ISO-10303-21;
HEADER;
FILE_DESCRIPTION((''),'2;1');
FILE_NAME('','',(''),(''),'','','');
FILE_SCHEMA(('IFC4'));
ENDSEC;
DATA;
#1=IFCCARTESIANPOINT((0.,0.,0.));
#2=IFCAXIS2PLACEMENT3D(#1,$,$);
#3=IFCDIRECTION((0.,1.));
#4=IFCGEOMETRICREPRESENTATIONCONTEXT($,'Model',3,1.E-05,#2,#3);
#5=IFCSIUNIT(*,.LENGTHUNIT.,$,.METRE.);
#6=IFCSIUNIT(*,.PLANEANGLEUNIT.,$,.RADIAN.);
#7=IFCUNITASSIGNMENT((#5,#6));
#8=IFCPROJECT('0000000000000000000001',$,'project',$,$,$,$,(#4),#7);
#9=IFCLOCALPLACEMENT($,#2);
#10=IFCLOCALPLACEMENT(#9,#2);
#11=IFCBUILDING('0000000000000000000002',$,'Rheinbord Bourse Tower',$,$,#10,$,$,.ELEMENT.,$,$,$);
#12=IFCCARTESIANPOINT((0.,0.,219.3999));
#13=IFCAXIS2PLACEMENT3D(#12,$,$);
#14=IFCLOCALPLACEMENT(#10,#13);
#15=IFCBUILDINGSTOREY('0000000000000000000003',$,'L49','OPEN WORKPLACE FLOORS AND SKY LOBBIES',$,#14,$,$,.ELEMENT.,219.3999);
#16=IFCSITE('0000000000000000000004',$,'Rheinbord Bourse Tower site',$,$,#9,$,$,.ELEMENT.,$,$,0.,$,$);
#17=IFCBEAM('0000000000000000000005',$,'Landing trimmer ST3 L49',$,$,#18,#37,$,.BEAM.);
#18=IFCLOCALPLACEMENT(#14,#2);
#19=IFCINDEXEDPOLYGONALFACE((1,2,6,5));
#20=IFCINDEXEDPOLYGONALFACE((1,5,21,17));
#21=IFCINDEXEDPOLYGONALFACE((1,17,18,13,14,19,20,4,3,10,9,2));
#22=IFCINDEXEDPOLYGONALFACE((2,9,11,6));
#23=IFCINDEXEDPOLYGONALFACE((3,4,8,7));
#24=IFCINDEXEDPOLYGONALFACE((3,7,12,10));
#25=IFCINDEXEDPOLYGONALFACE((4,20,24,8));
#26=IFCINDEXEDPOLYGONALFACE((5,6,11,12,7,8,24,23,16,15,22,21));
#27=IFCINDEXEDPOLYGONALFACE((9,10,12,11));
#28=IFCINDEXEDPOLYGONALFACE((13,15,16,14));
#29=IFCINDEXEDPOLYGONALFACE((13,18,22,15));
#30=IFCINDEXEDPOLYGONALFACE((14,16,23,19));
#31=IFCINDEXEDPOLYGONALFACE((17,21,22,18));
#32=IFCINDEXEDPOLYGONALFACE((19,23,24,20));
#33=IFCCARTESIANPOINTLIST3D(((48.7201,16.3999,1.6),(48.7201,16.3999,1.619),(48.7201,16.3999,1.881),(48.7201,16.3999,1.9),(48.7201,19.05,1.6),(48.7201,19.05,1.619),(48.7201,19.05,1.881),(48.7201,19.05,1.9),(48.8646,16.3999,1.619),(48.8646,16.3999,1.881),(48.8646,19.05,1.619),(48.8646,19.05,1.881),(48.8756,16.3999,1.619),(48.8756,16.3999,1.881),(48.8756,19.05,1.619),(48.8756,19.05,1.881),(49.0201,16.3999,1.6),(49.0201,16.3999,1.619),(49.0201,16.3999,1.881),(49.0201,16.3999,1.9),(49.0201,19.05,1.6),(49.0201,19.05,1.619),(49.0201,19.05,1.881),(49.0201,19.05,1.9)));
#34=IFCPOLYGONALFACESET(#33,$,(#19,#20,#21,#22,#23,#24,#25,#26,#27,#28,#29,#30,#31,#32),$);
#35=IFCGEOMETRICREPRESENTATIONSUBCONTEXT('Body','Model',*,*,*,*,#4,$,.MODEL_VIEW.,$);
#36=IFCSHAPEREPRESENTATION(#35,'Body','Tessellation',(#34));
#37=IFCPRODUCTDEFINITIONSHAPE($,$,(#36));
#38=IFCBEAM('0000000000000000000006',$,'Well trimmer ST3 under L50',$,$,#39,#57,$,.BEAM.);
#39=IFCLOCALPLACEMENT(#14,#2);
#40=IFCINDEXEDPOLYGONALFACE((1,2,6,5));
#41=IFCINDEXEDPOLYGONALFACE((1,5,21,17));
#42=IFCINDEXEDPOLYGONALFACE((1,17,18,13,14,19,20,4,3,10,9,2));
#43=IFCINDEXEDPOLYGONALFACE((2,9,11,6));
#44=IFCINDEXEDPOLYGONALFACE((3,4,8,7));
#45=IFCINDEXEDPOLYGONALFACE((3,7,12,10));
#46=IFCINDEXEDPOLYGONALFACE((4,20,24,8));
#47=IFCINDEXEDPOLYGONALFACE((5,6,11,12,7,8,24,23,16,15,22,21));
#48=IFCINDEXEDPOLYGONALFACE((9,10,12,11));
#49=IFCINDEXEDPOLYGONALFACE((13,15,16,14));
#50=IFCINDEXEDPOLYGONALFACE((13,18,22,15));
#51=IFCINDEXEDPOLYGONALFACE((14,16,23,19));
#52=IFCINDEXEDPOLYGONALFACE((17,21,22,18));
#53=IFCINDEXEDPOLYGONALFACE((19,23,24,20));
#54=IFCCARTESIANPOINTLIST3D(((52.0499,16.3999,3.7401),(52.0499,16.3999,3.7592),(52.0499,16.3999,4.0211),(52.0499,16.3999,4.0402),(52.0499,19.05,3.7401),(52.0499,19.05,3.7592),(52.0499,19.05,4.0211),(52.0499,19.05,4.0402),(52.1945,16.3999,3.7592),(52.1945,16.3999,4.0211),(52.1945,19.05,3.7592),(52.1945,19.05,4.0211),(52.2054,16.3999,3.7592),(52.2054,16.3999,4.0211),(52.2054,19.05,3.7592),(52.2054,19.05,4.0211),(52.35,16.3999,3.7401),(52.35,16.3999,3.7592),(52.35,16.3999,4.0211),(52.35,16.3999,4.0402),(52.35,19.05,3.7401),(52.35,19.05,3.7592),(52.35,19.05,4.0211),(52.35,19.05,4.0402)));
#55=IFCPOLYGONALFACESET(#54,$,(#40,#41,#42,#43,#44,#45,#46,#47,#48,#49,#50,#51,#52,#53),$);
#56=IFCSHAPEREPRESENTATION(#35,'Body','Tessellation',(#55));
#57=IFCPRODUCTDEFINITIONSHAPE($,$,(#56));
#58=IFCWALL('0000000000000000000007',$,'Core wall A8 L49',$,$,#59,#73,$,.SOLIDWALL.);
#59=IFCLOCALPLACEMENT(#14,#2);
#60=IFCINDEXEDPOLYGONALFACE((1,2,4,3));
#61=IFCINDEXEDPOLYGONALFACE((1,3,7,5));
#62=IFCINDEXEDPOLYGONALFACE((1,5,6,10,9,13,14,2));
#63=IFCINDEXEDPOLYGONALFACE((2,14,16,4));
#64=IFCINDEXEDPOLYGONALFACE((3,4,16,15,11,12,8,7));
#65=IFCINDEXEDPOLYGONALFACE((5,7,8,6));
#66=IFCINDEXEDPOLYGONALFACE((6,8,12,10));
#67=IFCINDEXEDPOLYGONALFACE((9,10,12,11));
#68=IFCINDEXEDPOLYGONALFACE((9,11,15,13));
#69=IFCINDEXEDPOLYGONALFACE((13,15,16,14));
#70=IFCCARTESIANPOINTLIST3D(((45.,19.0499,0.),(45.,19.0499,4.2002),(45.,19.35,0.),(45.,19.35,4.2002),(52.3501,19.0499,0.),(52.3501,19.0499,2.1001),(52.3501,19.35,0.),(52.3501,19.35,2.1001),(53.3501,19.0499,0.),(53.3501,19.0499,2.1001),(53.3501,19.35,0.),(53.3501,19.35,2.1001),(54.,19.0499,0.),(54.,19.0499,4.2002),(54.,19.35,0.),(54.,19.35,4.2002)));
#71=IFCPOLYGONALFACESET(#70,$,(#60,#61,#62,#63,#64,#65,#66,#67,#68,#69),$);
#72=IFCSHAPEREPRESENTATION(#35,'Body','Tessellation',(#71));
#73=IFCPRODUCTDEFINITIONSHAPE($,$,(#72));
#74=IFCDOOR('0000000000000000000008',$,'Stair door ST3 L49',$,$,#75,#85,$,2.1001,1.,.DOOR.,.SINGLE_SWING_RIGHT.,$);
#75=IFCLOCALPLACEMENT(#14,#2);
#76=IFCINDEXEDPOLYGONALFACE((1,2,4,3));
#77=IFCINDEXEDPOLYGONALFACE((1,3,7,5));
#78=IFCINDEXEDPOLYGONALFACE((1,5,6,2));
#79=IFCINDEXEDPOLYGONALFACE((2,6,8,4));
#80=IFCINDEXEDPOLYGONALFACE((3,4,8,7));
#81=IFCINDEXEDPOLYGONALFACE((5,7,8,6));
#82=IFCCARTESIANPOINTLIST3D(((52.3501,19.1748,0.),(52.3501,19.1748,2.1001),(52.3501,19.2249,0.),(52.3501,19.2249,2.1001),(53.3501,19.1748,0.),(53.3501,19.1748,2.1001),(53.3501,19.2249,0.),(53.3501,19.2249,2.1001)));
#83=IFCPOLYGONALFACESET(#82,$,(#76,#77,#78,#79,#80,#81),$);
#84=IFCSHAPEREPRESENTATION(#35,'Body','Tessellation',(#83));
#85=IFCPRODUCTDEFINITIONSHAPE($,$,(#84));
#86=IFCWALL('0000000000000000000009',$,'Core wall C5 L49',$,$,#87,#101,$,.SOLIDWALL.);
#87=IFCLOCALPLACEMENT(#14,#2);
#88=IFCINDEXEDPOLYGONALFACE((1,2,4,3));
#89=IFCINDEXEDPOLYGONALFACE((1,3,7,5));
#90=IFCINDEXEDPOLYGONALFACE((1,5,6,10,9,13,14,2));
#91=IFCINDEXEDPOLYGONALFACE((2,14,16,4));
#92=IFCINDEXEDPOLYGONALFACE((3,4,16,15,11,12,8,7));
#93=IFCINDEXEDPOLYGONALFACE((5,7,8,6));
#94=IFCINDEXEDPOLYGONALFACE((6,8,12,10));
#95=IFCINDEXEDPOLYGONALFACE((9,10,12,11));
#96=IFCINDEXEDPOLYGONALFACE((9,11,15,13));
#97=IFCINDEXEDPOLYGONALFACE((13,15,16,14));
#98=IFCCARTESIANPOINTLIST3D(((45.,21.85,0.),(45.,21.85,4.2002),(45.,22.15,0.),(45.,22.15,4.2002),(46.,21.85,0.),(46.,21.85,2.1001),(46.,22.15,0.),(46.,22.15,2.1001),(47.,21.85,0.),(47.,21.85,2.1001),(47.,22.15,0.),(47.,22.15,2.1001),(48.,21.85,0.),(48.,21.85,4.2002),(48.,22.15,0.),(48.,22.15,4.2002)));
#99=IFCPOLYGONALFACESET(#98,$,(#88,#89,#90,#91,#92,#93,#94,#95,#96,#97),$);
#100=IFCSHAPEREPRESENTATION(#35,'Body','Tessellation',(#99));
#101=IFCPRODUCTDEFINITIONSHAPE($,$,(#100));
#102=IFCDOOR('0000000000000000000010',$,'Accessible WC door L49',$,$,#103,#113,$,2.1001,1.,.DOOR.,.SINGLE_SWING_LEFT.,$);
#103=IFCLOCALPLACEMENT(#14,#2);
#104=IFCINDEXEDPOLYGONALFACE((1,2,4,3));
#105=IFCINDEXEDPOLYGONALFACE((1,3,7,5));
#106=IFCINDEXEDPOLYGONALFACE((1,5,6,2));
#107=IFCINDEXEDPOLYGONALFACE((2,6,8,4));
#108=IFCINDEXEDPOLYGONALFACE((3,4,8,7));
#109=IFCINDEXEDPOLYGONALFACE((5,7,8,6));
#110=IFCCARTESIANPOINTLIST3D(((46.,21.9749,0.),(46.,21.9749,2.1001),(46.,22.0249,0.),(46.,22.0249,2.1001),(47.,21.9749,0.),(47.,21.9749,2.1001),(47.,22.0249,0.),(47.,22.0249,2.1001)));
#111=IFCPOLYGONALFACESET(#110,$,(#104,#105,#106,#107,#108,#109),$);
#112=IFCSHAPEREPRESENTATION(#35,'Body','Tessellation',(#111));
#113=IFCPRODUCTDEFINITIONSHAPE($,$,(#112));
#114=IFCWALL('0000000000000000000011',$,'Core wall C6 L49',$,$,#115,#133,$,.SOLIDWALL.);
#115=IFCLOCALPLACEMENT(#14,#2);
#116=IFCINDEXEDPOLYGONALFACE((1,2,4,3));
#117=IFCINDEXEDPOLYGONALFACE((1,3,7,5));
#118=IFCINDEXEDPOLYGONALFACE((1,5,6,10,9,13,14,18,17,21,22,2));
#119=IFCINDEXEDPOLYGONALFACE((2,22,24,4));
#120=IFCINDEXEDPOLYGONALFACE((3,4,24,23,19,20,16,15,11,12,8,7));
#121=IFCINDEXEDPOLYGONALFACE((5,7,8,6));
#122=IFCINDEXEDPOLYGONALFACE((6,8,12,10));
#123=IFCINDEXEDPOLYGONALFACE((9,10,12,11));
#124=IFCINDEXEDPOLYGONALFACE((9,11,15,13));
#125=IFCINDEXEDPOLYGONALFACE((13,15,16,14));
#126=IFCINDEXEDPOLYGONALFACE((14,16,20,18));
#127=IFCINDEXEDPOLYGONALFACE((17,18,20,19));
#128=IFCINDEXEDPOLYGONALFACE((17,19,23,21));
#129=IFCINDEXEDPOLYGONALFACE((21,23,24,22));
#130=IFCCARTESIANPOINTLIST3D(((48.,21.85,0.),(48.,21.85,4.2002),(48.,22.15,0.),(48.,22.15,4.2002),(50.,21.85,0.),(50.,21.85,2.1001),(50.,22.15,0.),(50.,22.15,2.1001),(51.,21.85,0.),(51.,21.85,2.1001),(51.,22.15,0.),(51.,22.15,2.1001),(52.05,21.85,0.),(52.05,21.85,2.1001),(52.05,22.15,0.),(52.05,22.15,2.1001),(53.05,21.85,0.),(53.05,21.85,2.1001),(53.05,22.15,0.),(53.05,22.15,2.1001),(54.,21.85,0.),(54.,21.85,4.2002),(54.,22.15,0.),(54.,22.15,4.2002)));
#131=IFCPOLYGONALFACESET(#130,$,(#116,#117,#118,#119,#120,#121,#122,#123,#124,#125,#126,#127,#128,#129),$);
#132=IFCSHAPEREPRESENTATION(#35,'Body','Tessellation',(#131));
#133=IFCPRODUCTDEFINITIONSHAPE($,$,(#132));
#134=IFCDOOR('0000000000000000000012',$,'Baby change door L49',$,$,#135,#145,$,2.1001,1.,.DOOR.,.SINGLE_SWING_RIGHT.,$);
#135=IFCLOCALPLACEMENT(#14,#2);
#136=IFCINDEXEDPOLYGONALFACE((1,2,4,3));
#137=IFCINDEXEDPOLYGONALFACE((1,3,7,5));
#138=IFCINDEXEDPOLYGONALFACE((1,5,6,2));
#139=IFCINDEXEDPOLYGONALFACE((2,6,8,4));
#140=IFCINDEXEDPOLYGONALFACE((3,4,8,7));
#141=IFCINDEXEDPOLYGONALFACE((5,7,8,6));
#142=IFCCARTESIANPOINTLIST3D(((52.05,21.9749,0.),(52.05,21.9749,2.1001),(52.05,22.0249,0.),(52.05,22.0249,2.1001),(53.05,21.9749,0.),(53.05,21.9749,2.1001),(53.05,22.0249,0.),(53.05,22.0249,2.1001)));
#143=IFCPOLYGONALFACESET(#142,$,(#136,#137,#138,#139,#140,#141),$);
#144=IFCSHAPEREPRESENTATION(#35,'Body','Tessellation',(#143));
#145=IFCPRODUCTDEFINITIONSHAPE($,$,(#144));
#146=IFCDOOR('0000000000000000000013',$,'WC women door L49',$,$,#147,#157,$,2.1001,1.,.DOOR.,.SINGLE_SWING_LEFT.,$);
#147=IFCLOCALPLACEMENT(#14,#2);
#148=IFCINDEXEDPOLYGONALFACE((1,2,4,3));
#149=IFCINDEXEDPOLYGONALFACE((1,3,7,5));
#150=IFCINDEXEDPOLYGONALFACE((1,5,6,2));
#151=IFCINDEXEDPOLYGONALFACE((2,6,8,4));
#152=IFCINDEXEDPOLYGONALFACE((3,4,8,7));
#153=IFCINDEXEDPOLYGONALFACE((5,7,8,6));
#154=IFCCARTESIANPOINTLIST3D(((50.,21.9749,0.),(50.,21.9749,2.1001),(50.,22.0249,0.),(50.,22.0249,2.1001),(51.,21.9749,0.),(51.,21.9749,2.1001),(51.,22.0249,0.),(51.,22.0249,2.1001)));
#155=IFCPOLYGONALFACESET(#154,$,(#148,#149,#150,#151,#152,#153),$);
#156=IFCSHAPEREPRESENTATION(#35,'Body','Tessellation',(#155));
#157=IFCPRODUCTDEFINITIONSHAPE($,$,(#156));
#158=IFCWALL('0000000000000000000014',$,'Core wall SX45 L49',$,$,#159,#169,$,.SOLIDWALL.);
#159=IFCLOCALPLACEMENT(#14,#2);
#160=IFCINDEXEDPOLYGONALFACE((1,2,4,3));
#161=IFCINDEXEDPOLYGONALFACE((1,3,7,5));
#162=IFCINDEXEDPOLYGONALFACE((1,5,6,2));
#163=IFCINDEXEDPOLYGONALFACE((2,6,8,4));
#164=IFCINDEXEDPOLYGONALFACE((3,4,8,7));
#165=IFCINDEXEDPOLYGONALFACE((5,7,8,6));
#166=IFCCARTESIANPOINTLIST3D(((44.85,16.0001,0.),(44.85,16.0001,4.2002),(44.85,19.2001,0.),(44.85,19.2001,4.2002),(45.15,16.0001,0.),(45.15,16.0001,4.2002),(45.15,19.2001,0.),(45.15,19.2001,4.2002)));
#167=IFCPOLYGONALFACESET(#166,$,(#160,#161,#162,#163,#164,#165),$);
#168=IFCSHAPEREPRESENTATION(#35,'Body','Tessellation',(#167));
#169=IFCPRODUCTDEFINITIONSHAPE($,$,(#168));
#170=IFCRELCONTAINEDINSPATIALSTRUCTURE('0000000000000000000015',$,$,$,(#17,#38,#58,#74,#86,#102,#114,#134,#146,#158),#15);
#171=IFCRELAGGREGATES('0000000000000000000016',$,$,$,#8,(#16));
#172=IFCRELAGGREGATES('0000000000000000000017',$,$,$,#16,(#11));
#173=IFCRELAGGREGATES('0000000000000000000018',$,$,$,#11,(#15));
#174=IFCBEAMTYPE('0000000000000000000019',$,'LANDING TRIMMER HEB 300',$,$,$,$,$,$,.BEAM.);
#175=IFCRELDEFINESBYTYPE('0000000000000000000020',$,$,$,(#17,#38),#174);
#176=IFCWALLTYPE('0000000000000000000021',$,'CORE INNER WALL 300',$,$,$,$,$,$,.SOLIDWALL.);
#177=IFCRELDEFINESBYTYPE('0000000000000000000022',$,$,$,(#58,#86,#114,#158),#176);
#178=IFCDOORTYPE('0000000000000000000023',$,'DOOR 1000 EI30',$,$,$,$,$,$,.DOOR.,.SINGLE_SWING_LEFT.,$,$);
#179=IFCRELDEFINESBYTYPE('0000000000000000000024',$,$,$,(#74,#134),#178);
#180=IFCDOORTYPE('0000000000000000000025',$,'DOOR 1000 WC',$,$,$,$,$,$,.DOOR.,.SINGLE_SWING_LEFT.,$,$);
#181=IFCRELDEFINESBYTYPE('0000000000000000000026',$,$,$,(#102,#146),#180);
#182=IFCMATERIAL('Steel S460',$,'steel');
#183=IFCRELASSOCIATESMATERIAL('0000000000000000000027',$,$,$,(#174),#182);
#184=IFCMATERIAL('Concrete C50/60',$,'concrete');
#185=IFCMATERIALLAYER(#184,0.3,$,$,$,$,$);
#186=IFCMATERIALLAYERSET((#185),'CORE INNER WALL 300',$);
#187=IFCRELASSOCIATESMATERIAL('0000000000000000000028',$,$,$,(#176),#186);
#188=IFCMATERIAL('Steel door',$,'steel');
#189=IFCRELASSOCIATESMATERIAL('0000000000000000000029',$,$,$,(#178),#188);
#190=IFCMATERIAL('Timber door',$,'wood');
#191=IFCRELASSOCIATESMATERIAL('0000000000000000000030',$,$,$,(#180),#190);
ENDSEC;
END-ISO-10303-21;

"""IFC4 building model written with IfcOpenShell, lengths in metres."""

from ifc_helpers import new_model, si_unit, direction, frame, frame_2d, origin, origin_2d, place, context, subcontext, project, spatial, rectangle, i_section, extrude, material, layer, layer_set, material_profile, profile_set, type_object, element, fill, save


model = new_model("IFC4")

# Units and contexts
model_context = context("Model", 3, precision=1e-05, world=origin(), true_north=direction((0.0, 1.0)))
body_context = subcontext(model_context, "Body", "Model", "MODEL_VIEW")
ifc_project = project(units=[si_unit("LENGTHUNIT", "METRE"), si_unit("PLANEANGLEUNIT", "RADIAN")], contexts=[model_context])

# Site, building, storey
site_placement = place(None, origin())
site = spatial("IfcSite", under=ifc_project, at=site_placement, Name="Rheinbord Bourse Tower site", CompositionType="ELEMENT", RefElevation=0.0)
building_placement = place(site_placement, origin())
building = spatial("IfcBuilding", under=site, at=building_placement, Name="Rheinbord Bourse Tower", CompositionType="ELEMENT")
storey_placement = place(building_placement, frame((0.0, 0.0, 219.3999)))
storey = spatial("IfcBuildingStorey", under=building, at=storey_placement, Name="L49", Description="OPEN WORKPLACE FLOORS AND SKY LOBBIES", CompositionType="ELEMENT", Elevation=219.3999)

# Beams
ifc_material_1 = material(Name="Steel S460", Category="steel")
ifc_material_profile = material_profile(ifc_material_1, i_section(OverallWidth=0.3, OverallDepth=0.3, WebThickness=0.011, FlangeThickness=0.019, at=origin_2d()), Name="HEB 300")
ifc_profile_set = profile_set([ifc_material_profile], Name="Steel S460")
beam_type = type_object("IfcBeamType", Name="LANDING TRIMMER HEB 300", PredefinedType="BEAM", material=ifc_profile_set)
for number, where, z_axis, x_axis, name in (
    (1, (48.8701, 16.3999, 1.75), (0.0, 1.0, 0.0), (-1.0, 0.0, 0.0), "Landing trimmer ST3 L49"),
    (2, (52.2, 16.3999, 3.8901), (0.0, 1.0, 0.0), (-1.0, 0.0, 0.0), "Well trimmer ST3 under L50"),
):
    element("IfcBeam", number, at=place(storey_placement, frame(where, z_axis=z_axis, x_axis=x_axis)), inside=storey, type_object=beam_type, Name=name, PredefinedType="BEAM", context=body_context, shape_type="SweptSolid", body=[
        extrude(i_section(OverallWidth=0.3, OverallDepth=0.3, WebThickness=0.011, FlangeThickness=0.019, at=origin_2d()), origin(), (0.0, 0.0, 1.0), 2.6501),
    ])

# Walls, openings, doors
ifc_material_2 = material(Name="Concrete C50/60", Category="concrete")
ifc_layer_1 = layer(ifc_material_2, 0.3)
ifc_layer_set_1 = layer_set([ifc_layer_1], Name="CORE INNER WALL 300")
wall_type_1 = type_object("IfcWallType", Name="CORE INNER WALL 300", PredefinedType="SOLIDWALL", material=ifc_layer_set_1)
wall_1_placement = place(storey_placement, frame((45.0, 19.2, 0.0), z_axis=(0.0, 0.0, 1.0), x_axis=(1.0, 0.0, 0.0)))
wall_1 = element("IfcWall", 3, at=wall_1_placement, inside=storey, type_object=wall_type_1, Name="Core wall A8 L49", PredefinedType="SOLIDWALL", context=body_context, shape_type="SweptSolid", body=[
    extrude(rectangle(XDim=9.0, YDim=0.3, at=frame_2d((4.5, 0.0))), origin(), (0.0, 0.0, 1.0), 4.2002),
])
opening_1_placement = place(wall_1_placement, frame((7.3501, 0.0, 0.0)))
opening_1 = element("IfcOpeningElement", 4, at=opening_1_placement, cuts=wall_1, PredefinedType="OPENING", context=body_context, shape_type="SweptSolid", body=[
    extrude(rectangle(XDim=1.0, YDim=2.1001, at=frame_2d((0.5, 1.05))), frame((0.0, 0.1599, 0.0), z_axis=(0.0, -1.0, 0.0), x_axis=(1.0, 0.0, 0.0)), (0.0, 0.0, 1.0), 0.3201),
])
ifc_material_3 = material(Name="Steel door", Category="steel")
door_type_1 = type_object("IfcDoorType", Name="DOOR 1000 EI30", OperationType="SINGLE_SWING_LEFT", PredefinedType="DOOR", material=ifc_material_3)
door_1_placement = place(opening_1_placement, origin())
door_1 = element("IfcDoor", 5, at=door_1_placement, inside=storey, type_object=door_type_1, Name="Stair door ST3 L49", OperationType="SINGLE_SWING_RIGHT", OverallHeight=2.1001, OverallWidth=1.0, PredefinedType="DOOR", context=body_context, shape_type="SweptSolid", body=[
    extrude(rectangle(XDim=1.0, YDim=2.1001, at=frame_2d((0.5, 1.05))), frame((0.0, 0.0249, 0.0), z_axis=(0.0, -1.0, 0.0), x_axis=(1.0, 0.0, 0.0)), (0.0, 0.0, 1.0), 0.05),
])
fill(opening_1, door_1)
wall_2_placement = place(storey_placement, frame((45.0, 22.0, 0.0), z_axis=(0.0, 0.0, 1.0), x_axis=(1.0, 0.0, 0.0)))
wall_2 = element("IfcWall", 6, at=wall_2_placement, inside=storey, type_object=wall_type_1, Name="Core wall C5 L49", PredefinedType="SOLIDWALL", context=body_context, shape_type="SweptSolid", body=[
    extrude(rectangle(XDim=3.0, YDim=0.3, at=frame_2d((1.5, 0.0))), origin(), (0.0, 0.0, 1.0), 4.2002),
])
opening_2_placement = place(wall_2_placement, frame((1.0, 0.0, 0.0)))
opening_2 = element("IfcOpeningElement", 7, at=opening_2_placement, cuts=wall_2, PredefinedType="OPENING", context=body_context, shape_type="SweptSolid", body=[
    extrude(rectangle(XDim=1.0, YDim=2.1001, at=frame_2d((0.5, 1.05))), frame((0.0, 0.1599, 0.0), z_axis=(0.0, -1.0, 0.0), x_axis=(1.0, 0.0, 0.0)), (0.0, 0.0, 1.0), 0.3201),
])
ifc_material_4 = material(Name="Timber door", Category="wood")
door_type_2 = type_object("IfcDoorType", Name="DOOR 1000 WC", OperationType="SINGLE_SWING_LEFT", PredefinedType="DOOR", material=ifc_material_4)
door_2_placement = place(opening_2_placement, origin())
door_2 = element("IfcDoor", 8, at=door_2_placement, inside=storey, type_object=door_type_2, Name="Accessible WC door L49", OperationType="SINGLE_SWING_LEFT", OverallHeight=2.1001, OverallWidth=1.0, PredefinedType="DOOR", context=body_context, shape_type="SweptSolid", body=[
    extrude(rectangle(XDim=1.0, YDim=2.1001, at=frame_2d((0.5, 1.05))), frame((0.0, 0.0249, 0.0), z_axis=(0.0, -1.0, 0.0), x_axis=(1.0, 0.0, 0.0)), (0.0, 0.0, 1.0), 0.05),
])
fill(opening_2, door_2)

# Wall, openings, doors
wall_3_placement = place(storey_placement, frame((48.0, 22.0, 0.0), z_axis=(0.0, 0.0, 1.0), x_axis=(1.0, 0.0, 0.0)))
wall_3 = element("IfcWall", 9, at=wall_3_placement, inside=storey, type_object=wall_type_1, Name="Core wall C6 L49", PredefinedType="SOLIDWALL", context=body_context, shape_type="SweptSolid", body=[
    extrude(rectangle(XDim=6.0, YDim=0.3, at=frame_2d((3.0, 0.0))), origin(), (0.0, 0.0, 1.0), 4.2002),
])
opening_3_placement = place(wall_3_placement, frame((2.0, 0.0, 0.0)))
opening_3 = element("IfcOpeningElement", 10, at=opening_3_placement, cuts=wall_3, PredefinedType="OPENING", context=body_context, shape_type="SweptSolid", body=[
    extrude(rectangle(XDim=1.0, YDim=2.1001, at=frame_2d((0.5, 1.05))), frame((0.0, 0.1599, 0.0), z_axis=(0.0, -1.0, 0.0), x_axis=(1.0, 0.0, 0.0)), (0.0, 0.0, 1.0), 0.3201),
])
opening_4_placement = place(wall_3_placement, frame((4.05, 0.0, 0.0)))
opening_4 = element("IfcOpeningElement", 11, at=opening_4_placement, cuts=wall_3, PredefinedType="OPENING", context=body_context, shape_type="SweptSolid", body=[
    extrude(rectangle(XDim=1.0, YDim=2.1001, at=frame_2d((0.5, 1.05))), frame((0.0, 0.1599, 0.0), z_axis=(0.0, -1.0, 0.0), x_axis=(1.0, 0.0, 0.0)), (0.0, 0.0, 1.0), 0.3201),
])
door_3_placement = place(opening_4_placement, origin())
door_3 = element("IfcDoor", 12, at=door_3_placement, inside=storey, type_object=door_type_1, Name="Baby change door L49", OperationType="SINGLE_SWING_RIGHT", OverallHeight=2.1001, OverallWidth=1.0, PredefinedType="DOOR", context=body_context, shape_type="SweptSolid", body=[
    extrude(rectangle(XDim=1.0, YDim=2.1001, at=frame_2d((0.5, 1.05))), frame((0.0, 0.0249, 0.0), z_axis=(0.0, -1.0, 0.0), x_axis=(1.0, 0.0, 0.0)), (0.0, 0.0, 1.0), 0.05),
])
fill(opening_4, door_3)
door_4_placement = place(opening_3_placement, origin())
door_4 = element("IfcDoor", 13, at=door_4_placement, inside=storey, type_object=door_type_2, Name="WC women door L49", OperationType="SINGLE_SWING_LEFT", OverallHeight=2.1001, OverallWidth=1.0, PredefinedType="DOOR", context=body_context, shape_type="SweptSolid", body=[
    extrude(rectangle(XDim=1.0, YDim=2.1001, at=frame_2d((0.5, 1.05))), frame((0.0, 0.0249, 0.0), z_axis=(0.0, -1.0, 0.0), x_axis=(1.0, 0.0, 0.0)), (0.0, 0.0, 1.0), 0.05),
])
fill(opening_3, door_4)

# Wall
wall_4_placement = place(storey_placement, frame((45.0, 16.0, 0.0), z_axis=(0.0, 0.0, 1.0), x_axis=(0.0, 1.0, 0.0)))
element("IfcWall", 14, at=wall_4_placement, inside=storey, type_object=wall_type_1, Name="Core wall SX45 L49", PredefinedType="SOLIDWALL", context=body_context, shape_type="SweptSolid", body=[
    extrude(rectangle(XDim=3.2, YDim=0.3, at=frame_2d((1.6001, 0.0))), origin(), (0.0, 0.0, 1.0), 4.2002),
])

save(model, "model.ifc")
